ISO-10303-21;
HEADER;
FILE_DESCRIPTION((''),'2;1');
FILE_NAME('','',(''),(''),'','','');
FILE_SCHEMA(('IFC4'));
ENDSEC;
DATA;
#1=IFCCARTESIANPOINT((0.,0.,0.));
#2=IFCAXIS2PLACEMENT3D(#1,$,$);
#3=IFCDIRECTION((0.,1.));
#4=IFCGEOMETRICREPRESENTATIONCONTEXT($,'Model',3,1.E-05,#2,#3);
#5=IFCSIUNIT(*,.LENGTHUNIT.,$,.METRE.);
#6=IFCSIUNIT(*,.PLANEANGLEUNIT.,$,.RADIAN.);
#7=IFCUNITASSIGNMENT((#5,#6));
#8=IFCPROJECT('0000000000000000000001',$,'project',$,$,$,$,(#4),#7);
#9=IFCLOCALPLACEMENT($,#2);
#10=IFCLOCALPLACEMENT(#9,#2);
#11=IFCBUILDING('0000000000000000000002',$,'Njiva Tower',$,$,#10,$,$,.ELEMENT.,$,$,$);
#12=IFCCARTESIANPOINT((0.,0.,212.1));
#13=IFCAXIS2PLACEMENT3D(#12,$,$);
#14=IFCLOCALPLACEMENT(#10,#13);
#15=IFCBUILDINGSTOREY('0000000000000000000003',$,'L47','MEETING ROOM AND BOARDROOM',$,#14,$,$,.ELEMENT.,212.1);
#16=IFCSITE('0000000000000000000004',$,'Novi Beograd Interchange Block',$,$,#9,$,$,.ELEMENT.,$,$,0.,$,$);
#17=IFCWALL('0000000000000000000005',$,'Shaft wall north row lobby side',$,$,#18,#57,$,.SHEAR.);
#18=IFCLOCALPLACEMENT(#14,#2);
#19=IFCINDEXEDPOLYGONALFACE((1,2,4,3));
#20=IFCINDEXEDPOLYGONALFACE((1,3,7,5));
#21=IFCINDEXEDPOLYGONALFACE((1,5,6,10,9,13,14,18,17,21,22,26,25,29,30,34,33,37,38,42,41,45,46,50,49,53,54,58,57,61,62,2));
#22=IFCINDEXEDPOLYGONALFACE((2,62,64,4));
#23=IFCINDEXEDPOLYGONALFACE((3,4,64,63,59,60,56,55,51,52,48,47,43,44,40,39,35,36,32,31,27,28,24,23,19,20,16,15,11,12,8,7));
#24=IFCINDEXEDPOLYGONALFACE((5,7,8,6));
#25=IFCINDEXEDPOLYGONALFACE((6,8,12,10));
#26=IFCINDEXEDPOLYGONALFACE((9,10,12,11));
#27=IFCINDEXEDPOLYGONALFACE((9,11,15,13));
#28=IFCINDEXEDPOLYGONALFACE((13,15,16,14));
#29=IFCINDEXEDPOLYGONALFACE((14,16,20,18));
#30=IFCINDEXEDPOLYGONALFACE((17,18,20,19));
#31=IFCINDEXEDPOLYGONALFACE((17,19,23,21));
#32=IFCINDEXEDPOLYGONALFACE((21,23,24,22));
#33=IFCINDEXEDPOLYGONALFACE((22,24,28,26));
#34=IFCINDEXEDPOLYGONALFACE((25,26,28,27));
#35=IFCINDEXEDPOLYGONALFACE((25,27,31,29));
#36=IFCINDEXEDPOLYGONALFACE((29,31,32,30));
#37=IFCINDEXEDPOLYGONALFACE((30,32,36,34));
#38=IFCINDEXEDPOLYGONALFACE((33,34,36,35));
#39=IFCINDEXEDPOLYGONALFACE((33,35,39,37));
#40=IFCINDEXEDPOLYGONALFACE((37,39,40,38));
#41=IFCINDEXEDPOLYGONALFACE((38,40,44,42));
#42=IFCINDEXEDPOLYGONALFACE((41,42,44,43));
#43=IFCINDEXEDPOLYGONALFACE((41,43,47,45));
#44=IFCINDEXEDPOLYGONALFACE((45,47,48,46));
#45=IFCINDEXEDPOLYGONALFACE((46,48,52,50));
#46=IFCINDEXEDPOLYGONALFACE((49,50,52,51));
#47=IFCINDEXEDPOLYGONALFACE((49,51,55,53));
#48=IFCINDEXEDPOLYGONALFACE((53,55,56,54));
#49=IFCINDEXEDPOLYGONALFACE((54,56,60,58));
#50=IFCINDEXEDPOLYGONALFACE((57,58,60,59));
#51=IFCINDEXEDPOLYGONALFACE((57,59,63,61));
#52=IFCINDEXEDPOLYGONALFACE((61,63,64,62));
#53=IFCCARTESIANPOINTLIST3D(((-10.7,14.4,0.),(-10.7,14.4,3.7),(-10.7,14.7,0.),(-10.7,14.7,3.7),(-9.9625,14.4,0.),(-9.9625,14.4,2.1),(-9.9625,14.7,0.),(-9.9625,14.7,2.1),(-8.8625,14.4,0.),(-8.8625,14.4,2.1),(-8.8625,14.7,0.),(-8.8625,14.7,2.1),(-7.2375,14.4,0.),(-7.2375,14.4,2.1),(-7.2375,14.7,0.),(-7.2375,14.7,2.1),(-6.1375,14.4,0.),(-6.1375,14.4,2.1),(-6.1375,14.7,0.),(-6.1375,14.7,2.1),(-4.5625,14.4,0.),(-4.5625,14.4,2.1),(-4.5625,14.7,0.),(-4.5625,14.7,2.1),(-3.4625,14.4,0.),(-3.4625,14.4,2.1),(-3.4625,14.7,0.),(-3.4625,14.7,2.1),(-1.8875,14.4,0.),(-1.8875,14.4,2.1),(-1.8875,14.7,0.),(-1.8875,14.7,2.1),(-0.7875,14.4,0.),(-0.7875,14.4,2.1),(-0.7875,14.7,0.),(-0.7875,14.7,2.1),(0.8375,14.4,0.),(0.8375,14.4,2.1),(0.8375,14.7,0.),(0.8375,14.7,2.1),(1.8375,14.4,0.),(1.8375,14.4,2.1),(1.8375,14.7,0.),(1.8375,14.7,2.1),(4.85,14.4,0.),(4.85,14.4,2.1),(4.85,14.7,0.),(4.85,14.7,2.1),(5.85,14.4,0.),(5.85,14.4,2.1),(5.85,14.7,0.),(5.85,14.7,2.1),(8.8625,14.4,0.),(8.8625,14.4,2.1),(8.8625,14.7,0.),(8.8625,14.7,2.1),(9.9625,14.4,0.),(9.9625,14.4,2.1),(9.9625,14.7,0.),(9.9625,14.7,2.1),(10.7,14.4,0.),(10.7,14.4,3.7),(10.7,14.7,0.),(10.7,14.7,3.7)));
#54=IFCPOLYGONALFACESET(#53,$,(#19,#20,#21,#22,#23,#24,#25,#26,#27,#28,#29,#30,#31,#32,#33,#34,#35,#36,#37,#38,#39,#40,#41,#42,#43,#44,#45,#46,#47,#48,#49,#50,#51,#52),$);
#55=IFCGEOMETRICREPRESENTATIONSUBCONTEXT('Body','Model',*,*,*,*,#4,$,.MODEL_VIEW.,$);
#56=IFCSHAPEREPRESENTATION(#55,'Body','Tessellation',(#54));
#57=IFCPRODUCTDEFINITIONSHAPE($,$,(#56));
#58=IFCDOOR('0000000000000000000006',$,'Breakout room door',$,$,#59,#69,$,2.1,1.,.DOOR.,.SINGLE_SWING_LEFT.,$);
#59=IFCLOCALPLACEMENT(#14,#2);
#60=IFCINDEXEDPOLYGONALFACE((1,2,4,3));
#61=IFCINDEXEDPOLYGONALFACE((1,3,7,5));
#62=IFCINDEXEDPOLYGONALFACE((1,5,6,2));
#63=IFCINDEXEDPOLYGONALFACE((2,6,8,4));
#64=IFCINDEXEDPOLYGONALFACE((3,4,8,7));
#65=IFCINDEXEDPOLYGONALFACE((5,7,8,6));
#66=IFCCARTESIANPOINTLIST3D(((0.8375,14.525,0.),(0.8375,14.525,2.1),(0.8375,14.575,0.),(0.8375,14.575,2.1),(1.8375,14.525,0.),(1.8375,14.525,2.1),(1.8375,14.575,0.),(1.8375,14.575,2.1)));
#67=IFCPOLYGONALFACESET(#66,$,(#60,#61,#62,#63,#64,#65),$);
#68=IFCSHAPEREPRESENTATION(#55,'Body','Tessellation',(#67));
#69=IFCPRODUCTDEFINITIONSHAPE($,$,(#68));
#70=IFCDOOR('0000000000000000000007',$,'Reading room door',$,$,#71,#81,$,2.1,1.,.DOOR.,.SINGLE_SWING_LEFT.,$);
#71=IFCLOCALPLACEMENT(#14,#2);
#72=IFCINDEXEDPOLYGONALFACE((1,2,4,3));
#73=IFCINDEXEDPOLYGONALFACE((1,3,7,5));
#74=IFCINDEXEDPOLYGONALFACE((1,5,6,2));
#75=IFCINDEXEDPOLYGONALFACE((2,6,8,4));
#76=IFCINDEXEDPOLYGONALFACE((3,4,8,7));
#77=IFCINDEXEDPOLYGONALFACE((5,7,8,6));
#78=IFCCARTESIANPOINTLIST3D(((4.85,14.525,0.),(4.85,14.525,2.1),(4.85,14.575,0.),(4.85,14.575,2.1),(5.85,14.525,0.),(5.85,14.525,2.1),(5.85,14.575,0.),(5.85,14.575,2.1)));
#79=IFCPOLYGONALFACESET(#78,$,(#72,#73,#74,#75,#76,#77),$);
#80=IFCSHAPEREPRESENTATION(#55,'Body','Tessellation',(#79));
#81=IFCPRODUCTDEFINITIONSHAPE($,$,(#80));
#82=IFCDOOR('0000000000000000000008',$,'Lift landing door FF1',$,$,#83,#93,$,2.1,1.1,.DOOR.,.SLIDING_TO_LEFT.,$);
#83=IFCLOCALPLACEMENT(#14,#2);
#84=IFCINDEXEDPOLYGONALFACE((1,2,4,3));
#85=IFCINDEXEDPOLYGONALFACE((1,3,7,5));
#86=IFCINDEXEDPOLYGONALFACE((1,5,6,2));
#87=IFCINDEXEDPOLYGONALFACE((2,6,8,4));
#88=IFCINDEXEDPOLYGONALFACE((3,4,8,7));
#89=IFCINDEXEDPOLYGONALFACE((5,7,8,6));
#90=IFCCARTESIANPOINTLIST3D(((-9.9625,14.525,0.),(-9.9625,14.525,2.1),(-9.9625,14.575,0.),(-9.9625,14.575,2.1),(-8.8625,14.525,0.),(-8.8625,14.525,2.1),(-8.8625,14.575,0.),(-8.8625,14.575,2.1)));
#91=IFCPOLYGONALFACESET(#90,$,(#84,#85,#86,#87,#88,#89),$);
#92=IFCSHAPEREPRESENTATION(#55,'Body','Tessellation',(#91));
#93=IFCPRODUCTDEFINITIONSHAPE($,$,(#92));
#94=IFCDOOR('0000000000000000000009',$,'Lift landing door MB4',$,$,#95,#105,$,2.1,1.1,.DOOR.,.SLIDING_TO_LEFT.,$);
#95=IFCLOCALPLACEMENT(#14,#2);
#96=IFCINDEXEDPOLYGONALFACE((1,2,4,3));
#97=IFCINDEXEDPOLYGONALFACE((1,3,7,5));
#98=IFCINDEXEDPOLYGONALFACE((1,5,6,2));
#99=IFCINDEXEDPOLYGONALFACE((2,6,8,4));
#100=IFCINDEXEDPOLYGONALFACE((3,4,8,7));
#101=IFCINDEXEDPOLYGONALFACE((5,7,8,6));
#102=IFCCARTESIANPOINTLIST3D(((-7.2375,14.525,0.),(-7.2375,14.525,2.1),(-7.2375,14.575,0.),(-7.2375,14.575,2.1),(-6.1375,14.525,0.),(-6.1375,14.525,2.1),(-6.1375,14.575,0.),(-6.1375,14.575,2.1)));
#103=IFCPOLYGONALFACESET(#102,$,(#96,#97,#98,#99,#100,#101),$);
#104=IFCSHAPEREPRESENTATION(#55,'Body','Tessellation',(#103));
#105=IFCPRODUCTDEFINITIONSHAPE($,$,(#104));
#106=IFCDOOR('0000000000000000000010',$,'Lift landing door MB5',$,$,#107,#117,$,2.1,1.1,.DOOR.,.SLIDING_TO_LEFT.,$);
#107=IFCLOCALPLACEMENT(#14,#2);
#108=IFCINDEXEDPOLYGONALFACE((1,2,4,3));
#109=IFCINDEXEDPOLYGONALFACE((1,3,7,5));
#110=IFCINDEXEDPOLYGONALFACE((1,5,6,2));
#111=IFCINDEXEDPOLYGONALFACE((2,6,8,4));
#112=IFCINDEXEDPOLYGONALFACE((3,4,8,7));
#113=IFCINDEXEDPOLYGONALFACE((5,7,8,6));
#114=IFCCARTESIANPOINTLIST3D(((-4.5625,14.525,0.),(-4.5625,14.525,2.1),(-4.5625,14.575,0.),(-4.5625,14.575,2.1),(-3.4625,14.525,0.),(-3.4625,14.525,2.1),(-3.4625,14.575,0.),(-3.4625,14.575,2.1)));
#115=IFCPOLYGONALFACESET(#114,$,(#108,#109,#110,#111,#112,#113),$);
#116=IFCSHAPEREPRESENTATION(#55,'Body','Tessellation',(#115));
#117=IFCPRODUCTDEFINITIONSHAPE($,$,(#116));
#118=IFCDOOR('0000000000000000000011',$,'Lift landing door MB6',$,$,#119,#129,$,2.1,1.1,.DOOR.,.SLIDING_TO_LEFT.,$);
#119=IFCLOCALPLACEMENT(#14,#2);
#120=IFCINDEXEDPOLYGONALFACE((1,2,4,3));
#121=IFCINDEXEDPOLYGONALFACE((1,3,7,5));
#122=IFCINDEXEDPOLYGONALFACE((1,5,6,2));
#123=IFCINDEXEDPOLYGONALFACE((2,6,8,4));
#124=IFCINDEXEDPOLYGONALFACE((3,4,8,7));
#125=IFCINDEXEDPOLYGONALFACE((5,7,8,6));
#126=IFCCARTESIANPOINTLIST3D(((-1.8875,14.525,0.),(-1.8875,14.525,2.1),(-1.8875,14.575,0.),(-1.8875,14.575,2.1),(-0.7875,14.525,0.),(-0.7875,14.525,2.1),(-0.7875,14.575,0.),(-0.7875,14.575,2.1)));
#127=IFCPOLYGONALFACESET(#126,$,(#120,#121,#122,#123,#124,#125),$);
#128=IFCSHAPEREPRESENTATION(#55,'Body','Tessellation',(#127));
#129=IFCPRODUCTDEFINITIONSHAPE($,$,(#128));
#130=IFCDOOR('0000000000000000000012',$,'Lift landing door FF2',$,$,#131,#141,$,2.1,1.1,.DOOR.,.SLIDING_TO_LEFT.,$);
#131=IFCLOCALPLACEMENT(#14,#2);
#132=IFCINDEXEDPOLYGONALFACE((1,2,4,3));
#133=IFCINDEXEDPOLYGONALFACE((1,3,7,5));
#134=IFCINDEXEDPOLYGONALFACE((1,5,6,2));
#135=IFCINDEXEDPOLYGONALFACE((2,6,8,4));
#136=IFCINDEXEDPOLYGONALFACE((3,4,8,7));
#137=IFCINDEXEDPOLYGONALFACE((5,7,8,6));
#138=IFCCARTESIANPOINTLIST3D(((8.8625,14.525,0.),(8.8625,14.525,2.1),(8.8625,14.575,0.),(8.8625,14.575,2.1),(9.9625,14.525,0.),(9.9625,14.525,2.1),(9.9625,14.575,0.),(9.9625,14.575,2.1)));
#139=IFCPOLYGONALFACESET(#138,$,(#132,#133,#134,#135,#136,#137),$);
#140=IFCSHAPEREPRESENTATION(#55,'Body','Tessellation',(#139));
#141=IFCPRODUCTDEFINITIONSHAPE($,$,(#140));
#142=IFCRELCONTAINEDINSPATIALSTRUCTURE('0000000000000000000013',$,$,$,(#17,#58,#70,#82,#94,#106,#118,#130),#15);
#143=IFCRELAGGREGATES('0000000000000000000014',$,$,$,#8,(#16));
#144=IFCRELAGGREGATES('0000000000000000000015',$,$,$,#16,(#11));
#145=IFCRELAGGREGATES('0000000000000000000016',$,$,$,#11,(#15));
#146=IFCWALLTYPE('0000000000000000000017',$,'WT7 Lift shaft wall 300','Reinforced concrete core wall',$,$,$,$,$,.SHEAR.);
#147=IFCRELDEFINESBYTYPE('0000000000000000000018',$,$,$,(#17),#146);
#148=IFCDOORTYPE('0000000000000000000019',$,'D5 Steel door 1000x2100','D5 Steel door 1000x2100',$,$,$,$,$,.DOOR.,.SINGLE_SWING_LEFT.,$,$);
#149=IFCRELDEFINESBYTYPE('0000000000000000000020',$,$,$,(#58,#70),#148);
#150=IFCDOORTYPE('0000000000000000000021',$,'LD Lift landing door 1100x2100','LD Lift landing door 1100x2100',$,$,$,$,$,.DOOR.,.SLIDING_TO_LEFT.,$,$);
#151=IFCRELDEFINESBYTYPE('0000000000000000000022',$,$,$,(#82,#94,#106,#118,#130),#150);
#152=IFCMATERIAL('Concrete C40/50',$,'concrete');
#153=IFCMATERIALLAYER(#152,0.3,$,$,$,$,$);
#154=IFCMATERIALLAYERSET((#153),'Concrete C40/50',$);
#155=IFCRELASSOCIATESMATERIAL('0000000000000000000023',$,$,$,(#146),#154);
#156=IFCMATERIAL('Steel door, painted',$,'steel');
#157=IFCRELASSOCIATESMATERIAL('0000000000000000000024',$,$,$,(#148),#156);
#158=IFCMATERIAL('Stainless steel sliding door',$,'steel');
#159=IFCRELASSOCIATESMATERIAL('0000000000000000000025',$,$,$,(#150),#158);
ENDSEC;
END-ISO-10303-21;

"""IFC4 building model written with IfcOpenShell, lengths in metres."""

from ifc_helpers import new_model, si_unit, direction, frame, frame_2d, origin, place, context, subcontext, project, spatial, rectangle, extrude, material, layer, layer_set, type_object, element, fill, save


model = new_model("IFC4")

# Units and contexts
model_context = context("Model", 3, precision=1e-05, world=origin(), true_north=direction((0.0, 1.0)))
body_context = subcontext(model_context, "Body", "Model", "MODEL_VIEW")
ifc_project = project(units=[si_unit("LENGTHUNIT", "METRE"), si_unit("PLANEANGLEUNIT", "RADIAN")], contexts=[model_context])

# Site, building, storey
site_placement = place(None, origin())
site = spatial("IfcSite", under=ifc_project, at=site_placement, Name="Novi Beograd Interchange Block", CompositionType="ELEMENT", RefElevation=0.0)
building_placement = place(site_placement, origin())
building = spatial("IfcBuilding", under=site, at=building_placement, Name="Njiva Tower", CompositionType="ELEMENT")
storey_placement = place(building_placement, frame((0.0, 0.0, 212.1)))
storey = spatial("IfcBuildingStorey", under=building, at=storey_placement, Name="L47", Description="MEETING ROOM AND BOARDROOM", CompositionType="ELEMENT", Elevation=212.1)

# Shared definitions
ifc_material_1 = material(Name="Concrete C40/50", Category="concrete")

# Wall, openings, doors
ifc_layer_1 = layer(ifc_material_1, 0.3)
ifc_layer_set_1 = layer_set([ifc_layer_1], Name="Concrete C40/50")
wall_type_1 = type_object("IfcWallType", Name="WT7 Lift shaft wall 300", Description="Reinforced concrete core wall", PredefinedType="SHEAR", material=ifc_layer_set_1)
wall_1_placement = place(storey_placement, frame((-10.7, 14.55, 0.0), z_axis=(0.0, 0.0, 1.0), x_axis=(1.0, 0.0, 0.0)))
wall_1 = element("IfcWall", 1, at=wall_1_placement, inside=storey, type_object=wall_type_1, Name="Shaft wall north row lobby side", PredefinedType="SHEAR", context=body_context, shape_type="SweptSolid", body=[
    extrude(rectangle(XDim=21.4, YDim=0.3, at=frame_2d((10.7, 0.0))), origin(), (0.0, 0.0, 1.0), 3.7),
])
opening_1_placement = place(wall_1_placement, frame((0.7375, 0.0, 0.0)))
opening_1 = element("IfcOpeningElement", 2, at=opening_1_placement, cuts=wall_1, PredefinedType="OPENING", context=body_context, shape_type="SweptSolid", body=[
    extrude(rectangle(XDim=1.1, YDim=2.1, at=frame_2d((0.55, 1.05))), frame((0.0, 0.16, 0.0), z_axis=(0.0, -1.0, 0.0), x_axis=(1.0, 0.0, 0.0)), (0.0, 0.0, 1.0), 0.32),
])
opening_2_placement = place(wall_1_placement, frame((3.4625, 0.0, 0.0)))
opening_2 = element("IfcOpeningElement", 3, at=opening_2_placement, cuts=wall_1, PredefinedType="OPENING", context=body_context, shape_type="SweptSolid", body=[
    extrude(rectangle(XDim=1.1, YDim=2.1, at=frame_2d((0.55, 1.05))), frame((0.0, 0.16, 0.0), z_axis=(0.0, -1.0, 0.0), x_axis=(1.0, 0.0, 0.0)), (0.0, 0.0, 1.0), 0.32),
])
opening_3_placement = place(wall_1_placement, frame((6.1375, 0.0, 0.0)))
opening_3 = element("IfcOpeningElement", 4, at=opening_3_placement, cuts=wall_1, PredefinedType="OPENING", context=body_context, shape_type="SweptSolid", body=[
    extrude(rectangle(XDim=1.1, YDim=2.1, at=frame_2d((0.55, 1.05))), frame((0.0, 0.16, 0.0), z_axis=(0.0, -1.0, 0.0), x_axis=(1.0, 0.0, 0.0)), (0.0, 0.0, 1.0), 0.32),
])
opening_4_placement = place(wall_1_placement, frame((8.8125, 0.0, 0.0)))
opening_4 = element("IfcOpeningElement", 5, at=opening_4_placement, cuts=wall_1, PredefinedType="OPENING", context=body_context, shape_type="SweptSolid", body=[
    extrude(rectangle(XDim=1.1, YDim=2.1, at=frame_2d((0.55, 1.05))), frame((0.0, 0.16, 0.0), z_axis=(0.0, -1.0, 0.0), x_axis=(1.0, 0.0, 0.0)), (0.0, 0.0, 1.0), 0.32),
])
opening_5_placement = place(wall_1_placement, frame((19.5625, 0.0, 0.0)))
opening_5 = element("IfcOpeningElement", 6, at=opening_5_placement, cuts=wall_1, PredefinedType="OPENING", context=body_context, shape_type="SweptSolid", body=[
    extrude(rectangle(XDim=1.1, YDim=2.1, at=frame_2d((0.55, 1.05))), frame((0.0, 0.16, 0.0), z_axis=(0.0, -1.0, 0.0), x_axis=(1.0, 0.0, 0.0)), (0.0, 0.0, 1.0), 0.32),
])
opening_6_placement = place(wall_1_placement, frame((11.5375, 0.0, 0.0)))
opening_6 = element("IfcOpeningElement", 7, at=opening_6_placement, cuts=wall_1, PredefinedType="OPENING", context=body_context, shape_type="SweptSolid", body=[
    extrude(rectangle(XDim=1.0, YDim=2.1, at=frame_2d((0.5, 1.05))), frame((0.0, 0.16, 0.0), z_axis=(0.0, -1.0, 0.0), x_axis=(1.0, 0.0, 0.0)), (0.0, 0.0, 1.0), 0.32),
])
opening_7_placement = place(wall_1_placement, frame((15.55, 0.0, 0.0)))
opening_7 = element("IfcOpeningElement", 8, at=opening_7_placement, cuts=wall_1, PredefinedType="OPENING", context=body_context, shape_type="SweptSolid", body=[
    extrude(rectangle(XDim=1.0, YDim=2.1, at=frame_2d((0.5, 1.05))), frame((0.0, 0.16, 0.0), z_axis=(0.0, -1.0, 0.0), x_axis=(1.0, 0.0, 0.0)), (0.0, 0.0, 1.0), 0.32),
])
ifc_material_2 = material(Name="Steel door, painted", Category="steel")
door_type_1 = type_object("IfcDoorType", Name="D5 Steel door 1000x2100", Description="D5 Steel door 1000x2100", OperationType="SINGLE_SWING_LEFT", PredefinedType="DOOR", material=ifc_material_2)
door_1_placement = place(opening_6_placement, origin())
door_1 = element("IfcDoor", 9, at=door_1_placement, inside=storey, type_object=door_type_1, Name="Breakout room door", OperationType="SINGLE_SWING_LEFT", OverallHeight=2.1, OverallWidth=1.0, PredefinedType="DOOR", context=body_context, shape_type="SweptSolid", body=[
    extrude(rectangle(XDim=1.0, YDim=2.1, at=frame_2d((0.5, 1.05))), frame((0.0, 0.025, 0.0), z_axis=(0.0, -1.0, 0.0), x_axis=(1.0, 0.0, 0.0)), (0.0, 0.0, 1.0), 0.05),
])
fill(opening_6, door_1)
door_2_placement = place(opening_7_placement, origin())
door_2 = element("IfcDoor", 10, at=door_2_placement, inside=storey, type_object=door_type_1, Name="Reading room door", OperationType="SINGLE_SWING_LEFT", OverallHeight=2.1, OverallWidth=1.0, PredefinedType="DOOR", context=body_context, shape_type="SweptSolid", body=[
    extrude(rectangle(XDim=1.0, YDim=2.1, at=frame_2d((0.5, 1.05))), frame((0.0, 0.025, 0.0), z_axis=(0.0, -1.0, 0.0), x_axis=(1.0, 0.0, 0.0)), (0.0, 0.0, 1.0), 0.05),
])
fill(opening_7, door_2)
ifc_material_3 = material(Name="Stainless steel sliding door", Category="steel")
door_type_2 = type_object("IfcDoorType", Name="LD Lift landing door 1100x2100", Description="LD Lift landing door 1100x2100", OperationType="SLIDING_TO_LEFT", PredefinedType="DOOR", material=ifc_material_3)
door_3_placement = place(opening_1_placement, origin())
door_3 = element("IfcDoor", 11, at=door_3_placement, inside=storey, type_object=door_type_2, Name="Lift landing door FF1", OperationType="SLIDING_TO_LEFT", OverallHeight=2.1, OverallWidth=1.1, PredefinedType="DOOR", context=body_context, shape_type="SweptSolid", body=[
    extrude(rectangle(XDim=1.1, YDim=2.1, at=frame_2d((0.55, 1.05))), frame((0.0, 0.025, 0.0), z_axis=(0.0, -1.0, 0.0), x_axis=(1.0, 0.0, 0.0)), (0.0, 0.0, 1.0), 0.05),
])
fill(opening_1, door_3)
door_4_placement = place(opening_2_placement, origin())
door_4 = element("IfcDoor", 12, at=door_4_placement, inside=storey, type_object=door_type_2, Name="Lift landing door MB4", OperationType="SLIDING_TO_LEFT", OverallHeight=2.1, OverallWidth=1.1, PredefinedType="DOOR", context=body_context, shape_type="SweptSolid", body=[
    extrude(rectangle(XDim=1.1, YDim=2.1, at=frame_2d((0.55, 1.05))), frame((0.0, 0.025, 0.0), z_axis=(0.0, -1.0, 0.0), x_axis=(1.0, 0.0, 0.0)), (0.0, 0.0, 1.0), 0.05),
])
fill(opening_2, door_4)
door_5_placement = place(opening_3_placement, origin())
door_5 = element("IfcDoor", 13, at=door_5_placement, inside=storey, type_object=door_type_2, Name="Lift landing door MB5", OperationType="SLIDING_TO_LEFT", OverallHeight=2.1, OverallWidth=1.1, PredefinedType="DOOR", context=body_context, shape_type="SweptSolid", body=[
    extrude(rectangle(XDim=1.1, YDim=2.1, at=frame_2d((0.55, 1.05))), frame((0.0, 0.025, 0.0), z_axis=(0.0, -1.0, 0.0), x_axis=(1.0, 0.0, 0.0)), (0.0, 0.0, 1.0), 0.05),
])
fill(opening_3, door_5)
door_6_placement = place(opening_4_placement, origin())
door_6 = element("IfcDoor", 14, at=door_6_placement, inside=storey, type_object=door_type_2, Name="Lift landing door MB6", OperationType="SLIDING_TO_LEFT", OverallHeight=2.1, OverallWidth=1.1, PredefinedType="DOOR", context=body_context, shape_type="SweptSolid", body=[
    extrude(rectangle(XDim=1.1, YDim=2.1, at=frame_2d((0.55, 1.05))), frame((0.0, 0.025, 0.0), z_axis=(0.0, -1.0, 0.0), x_axis=(1.0, 0.0, 0.0)), (0.0, 0.0, 1.0), 0.05),
])
fill(opening_4, door_6)
door_7_placement = place(opening_5_placement, origin())
door_7 = element("IfcDoor", 15, at=door_7_placement, inside=storey, type_object=door_type_2, Name="Lift landing door FF2", OperationType="SLIDING_TO_LEFT", OverallHeight=2.1, OverallWidth=1.1, PredefinedType="DOOR", context=body_context, shape_type="SweptSolid", body=[
    extrude(rectangle(XDim=1.1, YDim=2.1, at=frame_2d((0.55, 1.05))), frame((0.0, 0.025, 0.0), z_axis=(0.0, -1.0, 0.0), x_axis=(1.0, 0.0, 0.0)), (0.0, 0.0, 1.0), 0.05),
])
fill(opening_5, door_7)

save(model, "model.ifc")
